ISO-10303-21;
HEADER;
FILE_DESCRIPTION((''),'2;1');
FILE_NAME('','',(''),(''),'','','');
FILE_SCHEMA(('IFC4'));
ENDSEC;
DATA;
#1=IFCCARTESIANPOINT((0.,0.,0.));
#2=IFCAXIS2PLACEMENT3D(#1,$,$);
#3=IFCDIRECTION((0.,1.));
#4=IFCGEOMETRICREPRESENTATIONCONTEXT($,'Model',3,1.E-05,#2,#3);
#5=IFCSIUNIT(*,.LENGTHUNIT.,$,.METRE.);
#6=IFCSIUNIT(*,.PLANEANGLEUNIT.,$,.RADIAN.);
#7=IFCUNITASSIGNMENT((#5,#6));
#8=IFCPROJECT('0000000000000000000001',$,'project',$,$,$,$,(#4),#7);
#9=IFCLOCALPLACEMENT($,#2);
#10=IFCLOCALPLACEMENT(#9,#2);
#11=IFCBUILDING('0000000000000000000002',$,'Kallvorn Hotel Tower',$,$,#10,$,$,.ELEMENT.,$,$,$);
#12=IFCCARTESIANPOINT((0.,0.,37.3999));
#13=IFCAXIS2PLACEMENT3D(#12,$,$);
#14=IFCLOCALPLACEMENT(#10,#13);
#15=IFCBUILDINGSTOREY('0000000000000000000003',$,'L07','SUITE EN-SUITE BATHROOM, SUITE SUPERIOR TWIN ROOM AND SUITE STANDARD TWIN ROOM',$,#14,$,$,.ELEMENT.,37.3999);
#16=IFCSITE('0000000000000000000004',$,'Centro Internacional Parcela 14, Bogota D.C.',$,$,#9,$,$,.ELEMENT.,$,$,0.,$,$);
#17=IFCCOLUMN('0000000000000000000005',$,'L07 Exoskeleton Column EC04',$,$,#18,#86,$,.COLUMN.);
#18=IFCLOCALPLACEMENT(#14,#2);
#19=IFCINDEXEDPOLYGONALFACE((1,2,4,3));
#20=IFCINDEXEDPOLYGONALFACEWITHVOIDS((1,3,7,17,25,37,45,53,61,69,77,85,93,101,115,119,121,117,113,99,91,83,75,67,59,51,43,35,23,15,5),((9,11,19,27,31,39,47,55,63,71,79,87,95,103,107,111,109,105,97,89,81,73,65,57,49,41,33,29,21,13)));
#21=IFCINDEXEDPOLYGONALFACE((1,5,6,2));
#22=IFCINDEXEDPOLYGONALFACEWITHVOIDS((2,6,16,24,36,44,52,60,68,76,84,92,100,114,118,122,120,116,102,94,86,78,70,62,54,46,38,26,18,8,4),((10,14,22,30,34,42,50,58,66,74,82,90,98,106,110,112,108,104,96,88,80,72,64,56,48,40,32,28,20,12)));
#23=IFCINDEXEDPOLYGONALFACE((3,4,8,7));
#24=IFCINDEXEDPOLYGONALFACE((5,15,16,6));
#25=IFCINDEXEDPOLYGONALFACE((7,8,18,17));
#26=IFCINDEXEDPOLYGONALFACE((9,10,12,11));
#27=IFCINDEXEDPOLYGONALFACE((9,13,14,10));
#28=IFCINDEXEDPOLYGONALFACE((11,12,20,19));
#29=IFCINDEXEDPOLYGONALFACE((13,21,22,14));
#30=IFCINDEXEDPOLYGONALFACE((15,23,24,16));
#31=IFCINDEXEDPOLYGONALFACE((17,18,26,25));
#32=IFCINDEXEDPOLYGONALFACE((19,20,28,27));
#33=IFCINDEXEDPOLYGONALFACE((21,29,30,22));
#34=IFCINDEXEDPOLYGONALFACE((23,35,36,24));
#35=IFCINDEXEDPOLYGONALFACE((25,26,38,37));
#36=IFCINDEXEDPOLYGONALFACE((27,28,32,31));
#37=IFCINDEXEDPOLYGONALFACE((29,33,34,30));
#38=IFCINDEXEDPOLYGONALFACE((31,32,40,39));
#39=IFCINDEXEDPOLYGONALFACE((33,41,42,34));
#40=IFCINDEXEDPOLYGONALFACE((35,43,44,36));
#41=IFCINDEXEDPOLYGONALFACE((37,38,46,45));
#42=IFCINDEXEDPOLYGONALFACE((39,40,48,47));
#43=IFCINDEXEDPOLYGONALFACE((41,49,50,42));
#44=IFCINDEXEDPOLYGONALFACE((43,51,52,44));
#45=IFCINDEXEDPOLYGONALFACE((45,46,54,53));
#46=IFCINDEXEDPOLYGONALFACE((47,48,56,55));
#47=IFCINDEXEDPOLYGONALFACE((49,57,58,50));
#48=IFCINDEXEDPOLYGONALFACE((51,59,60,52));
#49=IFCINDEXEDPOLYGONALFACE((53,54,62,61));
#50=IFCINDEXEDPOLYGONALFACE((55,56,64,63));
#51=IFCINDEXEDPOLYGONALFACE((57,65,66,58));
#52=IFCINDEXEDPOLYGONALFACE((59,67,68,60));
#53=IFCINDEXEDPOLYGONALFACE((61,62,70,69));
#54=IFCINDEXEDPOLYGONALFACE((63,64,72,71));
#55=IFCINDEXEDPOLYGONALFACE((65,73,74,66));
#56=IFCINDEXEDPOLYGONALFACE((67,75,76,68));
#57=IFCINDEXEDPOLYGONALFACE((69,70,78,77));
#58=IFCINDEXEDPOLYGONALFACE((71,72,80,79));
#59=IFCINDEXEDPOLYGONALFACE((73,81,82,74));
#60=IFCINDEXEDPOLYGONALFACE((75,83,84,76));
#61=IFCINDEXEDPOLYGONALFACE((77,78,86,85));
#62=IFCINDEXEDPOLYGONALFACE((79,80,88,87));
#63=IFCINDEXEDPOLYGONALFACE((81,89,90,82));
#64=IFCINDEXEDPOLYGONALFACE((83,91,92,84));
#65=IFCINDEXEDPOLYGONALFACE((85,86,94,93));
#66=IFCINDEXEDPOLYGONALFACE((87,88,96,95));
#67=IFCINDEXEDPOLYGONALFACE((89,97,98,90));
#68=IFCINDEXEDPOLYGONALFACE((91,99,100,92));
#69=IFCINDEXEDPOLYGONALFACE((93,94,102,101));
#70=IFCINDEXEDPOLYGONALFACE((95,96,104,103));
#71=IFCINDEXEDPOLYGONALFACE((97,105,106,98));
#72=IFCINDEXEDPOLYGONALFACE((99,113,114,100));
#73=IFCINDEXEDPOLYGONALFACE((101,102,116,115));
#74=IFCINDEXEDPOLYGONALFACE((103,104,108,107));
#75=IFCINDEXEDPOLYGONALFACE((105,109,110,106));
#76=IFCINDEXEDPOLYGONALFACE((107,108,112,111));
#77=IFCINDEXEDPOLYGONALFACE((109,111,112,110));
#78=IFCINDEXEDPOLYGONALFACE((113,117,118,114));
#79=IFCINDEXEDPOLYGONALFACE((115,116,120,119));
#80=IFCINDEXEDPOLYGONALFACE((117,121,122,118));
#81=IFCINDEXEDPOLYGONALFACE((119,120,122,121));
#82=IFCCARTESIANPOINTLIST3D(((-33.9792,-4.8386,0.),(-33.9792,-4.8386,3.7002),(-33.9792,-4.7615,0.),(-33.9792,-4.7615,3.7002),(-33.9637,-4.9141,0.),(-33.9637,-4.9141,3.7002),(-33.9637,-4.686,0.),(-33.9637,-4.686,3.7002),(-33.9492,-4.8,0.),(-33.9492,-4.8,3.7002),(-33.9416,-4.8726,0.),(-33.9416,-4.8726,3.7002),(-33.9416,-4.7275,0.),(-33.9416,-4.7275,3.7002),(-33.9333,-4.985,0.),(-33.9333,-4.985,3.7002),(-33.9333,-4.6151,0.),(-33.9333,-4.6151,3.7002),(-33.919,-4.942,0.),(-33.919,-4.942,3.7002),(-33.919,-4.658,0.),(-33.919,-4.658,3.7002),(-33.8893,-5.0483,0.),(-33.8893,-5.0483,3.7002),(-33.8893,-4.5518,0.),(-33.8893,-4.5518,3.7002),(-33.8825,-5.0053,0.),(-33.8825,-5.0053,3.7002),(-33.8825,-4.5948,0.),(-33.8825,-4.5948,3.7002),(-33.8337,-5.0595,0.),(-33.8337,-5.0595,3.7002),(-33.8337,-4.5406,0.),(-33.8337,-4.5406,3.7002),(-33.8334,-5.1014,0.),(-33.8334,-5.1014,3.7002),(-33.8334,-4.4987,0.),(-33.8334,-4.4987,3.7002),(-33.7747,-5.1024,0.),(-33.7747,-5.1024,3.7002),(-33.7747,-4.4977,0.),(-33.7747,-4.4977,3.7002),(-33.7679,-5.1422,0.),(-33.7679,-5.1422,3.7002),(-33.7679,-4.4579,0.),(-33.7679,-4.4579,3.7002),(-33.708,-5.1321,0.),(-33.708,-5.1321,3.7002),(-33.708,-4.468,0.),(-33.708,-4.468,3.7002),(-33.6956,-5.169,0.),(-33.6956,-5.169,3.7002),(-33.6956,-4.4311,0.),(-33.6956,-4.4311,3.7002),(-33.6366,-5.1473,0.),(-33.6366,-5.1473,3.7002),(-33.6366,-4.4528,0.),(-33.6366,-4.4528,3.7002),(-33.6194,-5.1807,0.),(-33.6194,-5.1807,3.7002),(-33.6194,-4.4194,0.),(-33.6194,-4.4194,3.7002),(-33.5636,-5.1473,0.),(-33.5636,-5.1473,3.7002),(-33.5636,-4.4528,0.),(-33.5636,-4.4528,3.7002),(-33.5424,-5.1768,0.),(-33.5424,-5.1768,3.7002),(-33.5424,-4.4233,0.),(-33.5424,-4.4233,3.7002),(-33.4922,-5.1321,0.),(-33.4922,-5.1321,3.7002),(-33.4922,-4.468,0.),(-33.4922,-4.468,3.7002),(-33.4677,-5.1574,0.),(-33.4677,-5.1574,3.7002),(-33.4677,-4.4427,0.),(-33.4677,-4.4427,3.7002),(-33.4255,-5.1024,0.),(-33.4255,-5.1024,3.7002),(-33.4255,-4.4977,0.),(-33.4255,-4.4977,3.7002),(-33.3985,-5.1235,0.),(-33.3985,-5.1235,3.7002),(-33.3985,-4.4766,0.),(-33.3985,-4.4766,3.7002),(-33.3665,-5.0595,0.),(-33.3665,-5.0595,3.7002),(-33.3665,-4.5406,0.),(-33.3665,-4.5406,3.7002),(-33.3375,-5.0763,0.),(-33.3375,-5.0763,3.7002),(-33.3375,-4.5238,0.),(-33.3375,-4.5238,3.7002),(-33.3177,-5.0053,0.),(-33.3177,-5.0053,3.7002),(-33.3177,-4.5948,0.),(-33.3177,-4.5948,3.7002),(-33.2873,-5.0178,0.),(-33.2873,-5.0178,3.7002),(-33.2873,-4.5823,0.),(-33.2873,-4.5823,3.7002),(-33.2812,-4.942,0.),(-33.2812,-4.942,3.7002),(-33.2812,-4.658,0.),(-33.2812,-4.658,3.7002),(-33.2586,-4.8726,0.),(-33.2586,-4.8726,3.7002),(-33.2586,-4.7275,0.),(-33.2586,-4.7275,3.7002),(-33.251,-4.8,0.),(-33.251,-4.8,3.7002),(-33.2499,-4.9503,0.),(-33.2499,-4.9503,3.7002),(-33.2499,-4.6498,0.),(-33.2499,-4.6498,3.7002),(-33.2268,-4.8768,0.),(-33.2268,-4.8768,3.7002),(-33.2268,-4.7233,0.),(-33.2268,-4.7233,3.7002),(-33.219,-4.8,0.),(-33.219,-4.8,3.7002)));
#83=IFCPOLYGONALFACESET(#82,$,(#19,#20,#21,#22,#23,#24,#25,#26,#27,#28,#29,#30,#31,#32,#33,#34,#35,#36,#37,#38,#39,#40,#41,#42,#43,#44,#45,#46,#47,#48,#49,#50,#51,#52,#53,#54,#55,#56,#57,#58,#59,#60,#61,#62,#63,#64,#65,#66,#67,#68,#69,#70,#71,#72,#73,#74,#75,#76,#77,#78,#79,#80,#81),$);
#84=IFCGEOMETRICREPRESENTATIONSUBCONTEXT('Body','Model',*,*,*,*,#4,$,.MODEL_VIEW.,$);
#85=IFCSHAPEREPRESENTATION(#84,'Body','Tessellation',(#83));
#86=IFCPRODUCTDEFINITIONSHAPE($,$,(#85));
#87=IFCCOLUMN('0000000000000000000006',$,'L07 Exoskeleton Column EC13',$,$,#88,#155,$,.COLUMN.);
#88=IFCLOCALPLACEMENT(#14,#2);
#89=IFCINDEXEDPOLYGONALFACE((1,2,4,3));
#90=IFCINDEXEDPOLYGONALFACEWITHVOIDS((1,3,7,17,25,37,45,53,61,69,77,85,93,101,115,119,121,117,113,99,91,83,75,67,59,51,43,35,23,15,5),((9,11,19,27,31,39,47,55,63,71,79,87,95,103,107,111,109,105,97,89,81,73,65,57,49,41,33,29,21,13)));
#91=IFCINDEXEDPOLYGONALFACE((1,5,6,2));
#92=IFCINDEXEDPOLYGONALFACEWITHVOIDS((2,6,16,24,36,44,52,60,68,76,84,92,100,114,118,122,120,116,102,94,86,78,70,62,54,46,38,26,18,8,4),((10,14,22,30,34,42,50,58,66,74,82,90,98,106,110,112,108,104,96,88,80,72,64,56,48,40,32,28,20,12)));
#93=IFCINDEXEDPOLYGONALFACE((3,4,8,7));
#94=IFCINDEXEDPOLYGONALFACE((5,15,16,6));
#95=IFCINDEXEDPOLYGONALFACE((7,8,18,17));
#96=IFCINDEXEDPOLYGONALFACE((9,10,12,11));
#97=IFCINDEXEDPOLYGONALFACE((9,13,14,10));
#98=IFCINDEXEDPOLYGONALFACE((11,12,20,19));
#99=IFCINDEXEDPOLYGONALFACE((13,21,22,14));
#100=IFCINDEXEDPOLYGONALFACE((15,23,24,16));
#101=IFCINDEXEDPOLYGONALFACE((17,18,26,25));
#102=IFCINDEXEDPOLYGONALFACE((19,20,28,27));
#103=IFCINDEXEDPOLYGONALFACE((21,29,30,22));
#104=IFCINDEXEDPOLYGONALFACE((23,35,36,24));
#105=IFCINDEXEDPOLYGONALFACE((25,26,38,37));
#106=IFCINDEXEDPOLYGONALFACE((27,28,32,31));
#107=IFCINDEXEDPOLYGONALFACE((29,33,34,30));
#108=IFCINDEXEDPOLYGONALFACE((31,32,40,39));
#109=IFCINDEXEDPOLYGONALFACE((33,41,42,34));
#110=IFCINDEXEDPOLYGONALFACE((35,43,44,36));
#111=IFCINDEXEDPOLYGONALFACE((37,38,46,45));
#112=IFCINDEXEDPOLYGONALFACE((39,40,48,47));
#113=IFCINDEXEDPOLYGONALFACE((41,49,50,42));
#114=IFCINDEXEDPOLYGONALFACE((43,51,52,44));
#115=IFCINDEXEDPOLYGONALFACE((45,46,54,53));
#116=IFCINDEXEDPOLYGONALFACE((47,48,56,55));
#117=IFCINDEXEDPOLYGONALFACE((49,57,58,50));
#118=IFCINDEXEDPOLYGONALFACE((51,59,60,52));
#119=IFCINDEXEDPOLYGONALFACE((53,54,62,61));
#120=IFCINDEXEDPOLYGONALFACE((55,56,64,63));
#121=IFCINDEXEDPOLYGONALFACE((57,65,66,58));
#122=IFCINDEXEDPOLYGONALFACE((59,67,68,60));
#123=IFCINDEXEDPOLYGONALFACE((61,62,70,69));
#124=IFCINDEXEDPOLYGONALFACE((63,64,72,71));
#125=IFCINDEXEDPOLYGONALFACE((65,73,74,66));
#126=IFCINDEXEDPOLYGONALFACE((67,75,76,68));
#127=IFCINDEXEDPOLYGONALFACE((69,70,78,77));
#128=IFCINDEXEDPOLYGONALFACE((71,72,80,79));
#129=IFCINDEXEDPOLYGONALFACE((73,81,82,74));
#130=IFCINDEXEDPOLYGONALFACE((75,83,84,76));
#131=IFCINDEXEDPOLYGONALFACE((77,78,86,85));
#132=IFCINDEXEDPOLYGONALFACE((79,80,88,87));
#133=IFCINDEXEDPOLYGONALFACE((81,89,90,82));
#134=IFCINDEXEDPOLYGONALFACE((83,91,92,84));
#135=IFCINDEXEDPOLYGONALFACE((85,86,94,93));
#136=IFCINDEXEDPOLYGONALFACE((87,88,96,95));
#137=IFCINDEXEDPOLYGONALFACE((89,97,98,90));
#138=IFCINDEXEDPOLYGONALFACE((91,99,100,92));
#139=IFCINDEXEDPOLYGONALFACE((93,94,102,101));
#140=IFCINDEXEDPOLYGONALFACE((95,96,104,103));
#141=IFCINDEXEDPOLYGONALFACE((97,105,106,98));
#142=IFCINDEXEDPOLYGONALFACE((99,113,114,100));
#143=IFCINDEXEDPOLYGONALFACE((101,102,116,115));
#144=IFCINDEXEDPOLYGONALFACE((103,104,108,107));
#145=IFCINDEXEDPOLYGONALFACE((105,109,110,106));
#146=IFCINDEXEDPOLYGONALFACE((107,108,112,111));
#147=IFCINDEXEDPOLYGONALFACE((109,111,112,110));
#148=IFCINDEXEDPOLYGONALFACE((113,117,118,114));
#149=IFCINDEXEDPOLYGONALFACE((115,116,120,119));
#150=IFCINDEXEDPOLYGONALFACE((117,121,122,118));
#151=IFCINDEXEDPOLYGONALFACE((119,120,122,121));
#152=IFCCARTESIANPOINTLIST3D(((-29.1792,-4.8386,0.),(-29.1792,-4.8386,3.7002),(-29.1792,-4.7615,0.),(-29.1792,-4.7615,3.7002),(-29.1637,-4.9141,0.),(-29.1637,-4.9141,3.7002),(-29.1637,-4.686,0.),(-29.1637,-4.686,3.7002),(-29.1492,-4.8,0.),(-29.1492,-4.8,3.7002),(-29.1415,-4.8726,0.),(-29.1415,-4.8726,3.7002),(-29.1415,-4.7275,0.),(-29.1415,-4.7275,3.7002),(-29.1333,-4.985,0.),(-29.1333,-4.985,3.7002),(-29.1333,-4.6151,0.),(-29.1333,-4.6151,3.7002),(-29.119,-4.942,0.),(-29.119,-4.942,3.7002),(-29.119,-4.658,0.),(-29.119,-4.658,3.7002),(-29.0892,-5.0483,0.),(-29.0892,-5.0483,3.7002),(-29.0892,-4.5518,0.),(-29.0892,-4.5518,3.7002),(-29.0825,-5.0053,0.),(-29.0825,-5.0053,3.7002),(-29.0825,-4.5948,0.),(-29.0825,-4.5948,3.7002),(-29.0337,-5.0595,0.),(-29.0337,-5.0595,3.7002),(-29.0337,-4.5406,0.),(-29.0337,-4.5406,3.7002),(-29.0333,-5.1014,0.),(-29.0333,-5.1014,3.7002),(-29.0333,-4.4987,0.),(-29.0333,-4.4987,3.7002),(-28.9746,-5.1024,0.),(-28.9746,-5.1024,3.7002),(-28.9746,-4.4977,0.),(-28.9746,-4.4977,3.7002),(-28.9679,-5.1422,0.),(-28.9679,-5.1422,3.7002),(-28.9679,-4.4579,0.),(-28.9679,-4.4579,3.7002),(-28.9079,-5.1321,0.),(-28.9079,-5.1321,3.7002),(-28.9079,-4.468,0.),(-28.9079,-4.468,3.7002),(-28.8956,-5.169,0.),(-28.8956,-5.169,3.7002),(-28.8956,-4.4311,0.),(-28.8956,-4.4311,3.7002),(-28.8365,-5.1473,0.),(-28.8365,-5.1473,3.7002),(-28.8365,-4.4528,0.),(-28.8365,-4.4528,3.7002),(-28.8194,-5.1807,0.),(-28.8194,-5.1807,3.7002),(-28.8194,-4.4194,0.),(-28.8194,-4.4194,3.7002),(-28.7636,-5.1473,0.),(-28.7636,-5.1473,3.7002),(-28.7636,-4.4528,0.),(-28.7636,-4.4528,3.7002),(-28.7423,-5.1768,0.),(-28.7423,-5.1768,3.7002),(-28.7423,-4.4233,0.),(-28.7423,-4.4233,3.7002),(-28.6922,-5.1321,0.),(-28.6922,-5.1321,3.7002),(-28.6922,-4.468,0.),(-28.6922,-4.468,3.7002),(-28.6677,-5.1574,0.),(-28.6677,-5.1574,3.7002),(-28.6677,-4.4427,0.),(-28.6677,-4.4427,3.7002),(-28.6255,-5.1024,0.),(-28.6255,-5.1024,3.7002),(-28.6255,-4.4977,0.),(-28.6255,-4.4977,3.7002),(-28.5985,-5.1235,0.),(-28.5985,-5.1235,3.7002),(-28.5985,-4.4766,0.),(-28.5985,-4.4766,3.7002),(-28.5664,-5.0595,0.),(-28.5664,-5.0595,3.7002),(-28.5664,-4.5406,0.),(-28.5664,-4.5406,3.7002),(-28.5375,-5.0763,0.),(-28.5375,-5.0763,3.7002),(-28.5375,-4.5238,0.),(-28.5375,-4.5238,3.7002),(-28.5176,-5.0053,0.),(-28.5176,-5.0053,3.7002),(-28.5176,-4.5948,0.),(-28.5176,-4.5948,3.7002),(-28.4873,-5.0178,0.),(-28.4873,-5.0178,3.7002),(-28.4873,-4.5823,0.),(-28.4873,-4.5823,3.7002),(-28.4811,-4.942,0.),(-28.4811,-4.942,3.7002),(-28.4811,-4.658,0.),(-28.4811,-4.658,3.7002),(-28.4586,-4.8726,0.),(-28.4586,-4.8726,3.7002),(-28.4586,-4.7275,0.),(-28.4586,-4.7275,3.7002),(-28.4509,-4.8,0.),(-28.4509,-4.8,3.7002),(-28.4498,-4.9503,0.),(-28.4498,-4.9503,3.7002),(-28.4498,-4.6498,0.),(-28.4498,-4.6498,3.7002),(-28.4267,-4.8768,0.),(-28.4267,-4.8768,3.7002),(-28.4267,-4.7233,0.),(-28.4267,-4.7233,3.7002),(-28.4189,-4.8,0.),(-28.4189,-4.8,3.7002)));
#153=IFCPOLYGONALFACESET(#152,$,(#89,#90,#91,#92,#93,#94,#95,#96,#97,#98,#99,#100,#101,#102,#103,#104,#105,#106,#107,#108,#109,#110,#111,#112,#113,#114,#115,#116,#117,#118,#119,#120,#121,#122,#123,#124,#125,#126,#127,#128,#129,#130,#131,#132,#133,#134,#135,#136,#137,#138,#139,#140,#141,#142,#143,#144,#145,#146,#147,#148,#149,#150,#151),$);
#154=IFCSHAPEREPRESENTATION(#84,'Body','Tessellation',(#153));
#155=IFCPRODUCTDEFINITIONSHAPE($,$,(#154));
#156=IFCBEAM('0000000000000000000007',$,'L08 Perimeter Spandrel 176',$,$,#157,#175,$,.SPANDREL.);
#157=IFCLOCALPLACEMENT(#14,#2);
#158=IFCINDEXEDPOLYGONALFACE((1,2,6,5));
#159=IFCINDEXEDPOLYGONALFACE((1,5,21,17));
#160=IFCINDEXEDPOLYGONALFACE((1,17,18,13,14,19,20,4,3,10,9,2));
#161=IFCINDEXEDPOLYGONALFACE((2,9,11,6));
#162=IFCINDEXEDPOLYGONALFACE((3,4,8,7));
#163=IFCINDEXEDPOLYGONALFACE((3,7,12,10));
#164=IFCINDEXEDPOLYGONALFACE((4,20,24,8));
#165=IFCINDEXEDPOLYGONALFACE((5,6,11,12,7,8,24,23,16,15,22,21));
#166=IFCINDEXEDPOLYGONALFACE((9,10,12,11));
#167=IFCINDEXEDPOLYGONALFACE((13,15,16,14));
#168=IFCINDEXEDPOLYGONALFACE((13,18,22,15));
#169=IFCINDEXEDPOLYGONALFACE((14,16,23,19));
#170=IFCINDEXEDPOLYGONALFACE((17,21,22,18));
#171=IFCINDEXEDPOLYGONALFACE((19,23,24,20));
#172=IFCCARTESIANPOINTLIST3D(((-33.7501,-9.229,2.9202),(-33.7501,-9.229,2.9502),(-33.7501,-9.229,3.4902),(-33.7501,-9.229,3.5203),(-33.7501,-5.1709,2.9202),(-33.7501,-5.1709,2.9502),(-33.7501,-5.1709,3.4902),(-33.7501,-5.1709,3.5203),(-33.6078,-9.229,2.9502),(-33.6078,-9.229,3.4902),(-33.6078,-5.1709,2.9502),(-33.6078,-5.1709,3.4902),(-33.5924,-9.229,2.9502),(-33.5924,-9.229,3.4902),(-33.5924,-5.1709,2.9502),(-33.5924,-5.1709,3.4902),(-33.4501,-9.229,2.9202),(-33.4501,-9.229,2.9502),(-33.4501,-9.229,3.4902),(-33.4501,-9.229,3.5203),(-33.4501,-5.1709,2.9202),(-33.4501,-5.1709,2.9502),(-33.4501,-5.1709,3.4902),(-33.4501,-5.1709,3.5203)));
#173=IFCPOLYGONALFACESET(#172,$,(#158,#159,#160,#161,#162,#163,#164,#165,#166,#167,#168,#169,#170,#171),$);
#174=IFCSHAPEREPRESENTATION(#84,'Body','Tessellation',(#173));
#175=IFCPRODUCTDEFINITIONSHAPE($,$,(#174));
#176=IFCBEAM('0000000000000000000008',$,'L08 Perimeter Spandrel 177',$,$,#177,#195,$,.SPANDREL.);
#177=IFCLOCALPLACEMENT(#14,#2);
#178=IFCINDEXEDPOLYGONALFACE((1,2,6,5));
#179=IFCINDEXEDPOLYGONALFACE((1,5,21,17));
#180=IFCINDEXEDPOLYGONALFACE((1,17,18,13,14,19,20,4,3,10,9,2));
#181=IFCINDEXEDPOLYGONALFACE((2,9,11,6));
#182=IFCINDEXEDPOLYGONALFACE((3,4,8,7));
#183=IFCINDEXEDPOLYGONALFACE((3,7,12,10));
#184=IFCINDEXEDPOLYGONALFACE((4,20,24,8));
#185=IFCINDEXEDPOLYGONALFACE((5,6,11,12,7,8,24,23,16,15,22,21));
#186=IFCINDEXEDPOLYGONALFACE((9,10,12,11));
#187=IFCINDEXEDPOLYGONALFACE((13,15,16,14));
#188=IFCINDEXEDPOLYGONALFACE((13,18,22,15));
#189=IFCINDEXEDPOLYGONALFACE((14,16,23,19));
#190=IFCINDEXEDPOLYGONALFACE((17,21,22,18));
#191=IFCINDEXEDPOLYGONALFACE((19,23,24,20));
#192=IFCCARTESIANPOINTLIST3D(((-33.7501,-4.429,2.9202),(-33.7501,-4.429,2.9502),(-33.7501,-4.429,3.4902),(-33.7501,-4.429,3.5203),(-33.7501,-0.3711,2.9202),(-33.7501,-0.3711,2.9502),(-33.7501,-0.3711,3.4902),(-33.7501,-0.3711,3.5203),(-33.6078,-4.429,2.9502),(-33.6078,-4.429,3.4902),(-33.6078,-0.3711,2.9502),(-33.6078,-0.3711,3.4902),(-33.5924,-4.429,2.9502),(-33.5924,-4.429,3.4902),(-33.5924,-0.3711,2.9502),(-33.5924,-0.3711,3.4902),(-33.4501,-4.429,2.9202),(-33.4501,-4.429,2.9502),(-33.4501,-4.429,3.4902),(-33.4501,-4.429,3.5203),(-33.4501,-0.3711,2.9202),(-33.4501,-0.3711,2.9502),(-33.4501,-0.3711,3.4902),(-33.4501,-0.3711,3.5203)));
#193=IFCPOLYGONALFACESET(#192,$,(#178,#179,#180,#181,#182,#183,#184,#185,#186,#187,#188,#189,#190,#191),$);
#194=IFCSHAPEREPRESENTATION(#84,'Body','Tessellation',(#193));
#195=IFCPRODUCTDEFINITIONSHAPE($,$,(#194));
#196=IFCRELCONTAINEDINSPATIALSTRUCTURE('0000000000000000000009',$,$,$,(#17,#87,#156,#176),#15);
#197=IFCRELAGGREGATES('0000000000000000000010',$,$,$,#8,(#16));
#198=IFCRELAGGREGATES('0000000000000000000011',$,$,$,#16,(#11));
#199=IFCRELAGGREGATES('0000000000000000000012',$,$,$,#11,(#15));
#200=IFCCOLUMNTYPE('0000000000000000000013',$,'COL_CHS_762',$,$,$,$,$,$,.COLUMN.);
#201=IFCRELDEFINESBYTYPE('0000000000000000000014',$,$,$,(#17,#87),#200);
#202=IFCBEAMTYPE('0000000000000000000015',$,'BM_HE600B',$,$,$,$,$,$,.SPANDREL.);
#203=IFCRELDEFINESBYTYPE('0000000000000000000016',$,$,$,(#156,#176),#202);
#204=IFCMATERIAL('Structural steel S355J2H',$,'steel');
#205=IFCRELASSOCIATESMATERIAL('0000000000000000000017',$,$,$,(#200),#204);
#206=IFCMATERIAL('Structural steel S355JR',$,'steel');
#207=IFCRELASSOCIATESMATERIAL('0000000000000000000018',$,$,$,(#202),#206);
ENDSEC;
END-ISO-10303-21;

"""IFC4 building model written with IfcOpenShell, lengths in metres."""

from ifc_helpers import new_model, si_unit, direction, frame, origin, origin_2d, place, context, subcontext, project, spatial, hollow_circle, i_section, extrude, material, material_profile, profile_set, type_object, element, save


model = new_model("IFC4")

# Units and contexts
model_context = context("Model", 3, precision=1e-05, world=origin(), true_north=direction((0.0, 1.0)))
body_context = subcontext(model_context, "Body", "Model", "MODEL_VIEW")
ifc_project = project(units=[si_unit("LENGTHUNIT", "METRE"), si_unit("PLANEANGLEUNIT", "RADIAN")], contexts=[model_context])

# Site, building, storey
site_placement = place(None, origin())
site = spatial("IfcSite", under=ifc_project, at=site_placement, Name="Centro Internacional Parcela 14, Bogota D.C.", CompositionType="ELEMENT", RefElevation=0.0)
building_placement = place(site_placement, origin())
building = spatial("IfcBuilding", under=site, at=building_placement, Name="Kallvorn Hotel Tower", CompositionType="ELEMENT")
storey_placement = place(building_placement, frame((0.0, 0.0, 37.3999)))
storey = spatial("IfcBuildingStorey", under=building, at=storey_placement, Name="L07", Description="SUITE EN-SUITE BATHROOM, SUITE SUPERIOR TWIN ROOM AND SUITE STANDARD TWIN ROOM", CompositionType="ELEMENT", Elevation=37.3999)

# Columns
ifc_material_1 = material(Name="Structural steel S355J2H", Category="steel")
ifc_material_profile_1 = material_profile(ifc_material_1, hollow_circle(Radius=0.3811, WallThickness=0.032, at=origin_2d()), Name="CHS 762x32")
ifc_profile_set_1 = profile_set([ifc_material_profile_1], Name="Structural steel S355J2H")
column_type = type_object("IfcColumnType", Name="COL_CHS_762", PredefinedType="COLUMN", material=ifc_profile_set_1)
for number, where, z_axis, x_axis, name in (
    (1, (-33.6001, -4.8, 0.0), (0.0, 0.0, 1.0), (1.0, 0.0, 0.0), "L07 Exoskeleton Column EC04"),
    (2, (-28.8, -4.8, 0.0), (0.0, 0.0, 1.0), (1.0, 0.0, 0.0), "L07 Exoskeleton Column EC13"),
):
    element("IfcColumn", number, at=place(storey_placement, frame(where, z_axis=z_axis, x_axis=x_axis)), inside=storey, type_object=column_type, Name=name, PredefinedType="COLUMN", context=body_context, shape_type="SweptSolid", body=[
        extrude(hollow_circle(Radius=0.3811, WallThickness=0.032, at=origin_2d()), origin(), (0.0, 0.0, 1.0), 3.7002),
    ])

# Beams
ifc_material_2 = material(Name="Structural steel S355JR", Category="steel")
ifc_material_profile_2 = material_profile(ifc_material_2, i_section(OverallWidth=0.3, OverallDepth=0.6001, WebThickness=0.0154, FlangeThickness=0.03, at=origin_2d()), Name="HE 600 B")
ifc_profile_set_2 = profile_set([ifc_material_profile_2], Name="Structural steel S355JR")
beam_type_1 = type_object("IfcBeamType", Name="BM_HE600B", PredefinedType="SPANDREL", material=ifc_profile_set_2)
beam_1_placement = place(storey_placement, frame((-33.6001, -9.229, 3.2202), z_axis=(0.0, 1.0, 0.0), x_axis=(-1.0, 0.0, 0.0)))
element("IfcBeam", 3, at=beam_1_placement, inside=storey, type_object=beam_type_1, Name="L08 Perimeter Spandrel 176", PredefinedType="SPANDREL", context=body_context, shape_type="SweptSolid", body=[
    extrude(i_section(OverallWidth=0.3, OverallDepth=0.6001, WebThickness=0.0154, FlangeThickness=0.03, at=origin_2d()), origin(), (0.0, 0.0, 1.0), 4.0581),
])
beam_2_placement = place(storey_placement, frame((-33.6001, -4.429, 3.2202), z_axis=(0.0, 1.0, 0.0), x_axis=(-1.0, 0.0, 0.0)))
element("IfcBeam", 4, at=beam_2_placement, inside=storey, type_object=beam_type_1, Name="L08 Perimeter Spandrel 177", PredefinedType="SPANDREL", context=body_context, shape_type="SweptSolid", body=[
    extrude(i_section(OverallWidth=0.3, OverallDepth=0.6001, WebThickness=0.0154, FlangeThickness=0.03, at=origin_2d()), origin(), (0.0, 0.0, 1.0), 4.0579),
])

save(model, "model.ifc")
